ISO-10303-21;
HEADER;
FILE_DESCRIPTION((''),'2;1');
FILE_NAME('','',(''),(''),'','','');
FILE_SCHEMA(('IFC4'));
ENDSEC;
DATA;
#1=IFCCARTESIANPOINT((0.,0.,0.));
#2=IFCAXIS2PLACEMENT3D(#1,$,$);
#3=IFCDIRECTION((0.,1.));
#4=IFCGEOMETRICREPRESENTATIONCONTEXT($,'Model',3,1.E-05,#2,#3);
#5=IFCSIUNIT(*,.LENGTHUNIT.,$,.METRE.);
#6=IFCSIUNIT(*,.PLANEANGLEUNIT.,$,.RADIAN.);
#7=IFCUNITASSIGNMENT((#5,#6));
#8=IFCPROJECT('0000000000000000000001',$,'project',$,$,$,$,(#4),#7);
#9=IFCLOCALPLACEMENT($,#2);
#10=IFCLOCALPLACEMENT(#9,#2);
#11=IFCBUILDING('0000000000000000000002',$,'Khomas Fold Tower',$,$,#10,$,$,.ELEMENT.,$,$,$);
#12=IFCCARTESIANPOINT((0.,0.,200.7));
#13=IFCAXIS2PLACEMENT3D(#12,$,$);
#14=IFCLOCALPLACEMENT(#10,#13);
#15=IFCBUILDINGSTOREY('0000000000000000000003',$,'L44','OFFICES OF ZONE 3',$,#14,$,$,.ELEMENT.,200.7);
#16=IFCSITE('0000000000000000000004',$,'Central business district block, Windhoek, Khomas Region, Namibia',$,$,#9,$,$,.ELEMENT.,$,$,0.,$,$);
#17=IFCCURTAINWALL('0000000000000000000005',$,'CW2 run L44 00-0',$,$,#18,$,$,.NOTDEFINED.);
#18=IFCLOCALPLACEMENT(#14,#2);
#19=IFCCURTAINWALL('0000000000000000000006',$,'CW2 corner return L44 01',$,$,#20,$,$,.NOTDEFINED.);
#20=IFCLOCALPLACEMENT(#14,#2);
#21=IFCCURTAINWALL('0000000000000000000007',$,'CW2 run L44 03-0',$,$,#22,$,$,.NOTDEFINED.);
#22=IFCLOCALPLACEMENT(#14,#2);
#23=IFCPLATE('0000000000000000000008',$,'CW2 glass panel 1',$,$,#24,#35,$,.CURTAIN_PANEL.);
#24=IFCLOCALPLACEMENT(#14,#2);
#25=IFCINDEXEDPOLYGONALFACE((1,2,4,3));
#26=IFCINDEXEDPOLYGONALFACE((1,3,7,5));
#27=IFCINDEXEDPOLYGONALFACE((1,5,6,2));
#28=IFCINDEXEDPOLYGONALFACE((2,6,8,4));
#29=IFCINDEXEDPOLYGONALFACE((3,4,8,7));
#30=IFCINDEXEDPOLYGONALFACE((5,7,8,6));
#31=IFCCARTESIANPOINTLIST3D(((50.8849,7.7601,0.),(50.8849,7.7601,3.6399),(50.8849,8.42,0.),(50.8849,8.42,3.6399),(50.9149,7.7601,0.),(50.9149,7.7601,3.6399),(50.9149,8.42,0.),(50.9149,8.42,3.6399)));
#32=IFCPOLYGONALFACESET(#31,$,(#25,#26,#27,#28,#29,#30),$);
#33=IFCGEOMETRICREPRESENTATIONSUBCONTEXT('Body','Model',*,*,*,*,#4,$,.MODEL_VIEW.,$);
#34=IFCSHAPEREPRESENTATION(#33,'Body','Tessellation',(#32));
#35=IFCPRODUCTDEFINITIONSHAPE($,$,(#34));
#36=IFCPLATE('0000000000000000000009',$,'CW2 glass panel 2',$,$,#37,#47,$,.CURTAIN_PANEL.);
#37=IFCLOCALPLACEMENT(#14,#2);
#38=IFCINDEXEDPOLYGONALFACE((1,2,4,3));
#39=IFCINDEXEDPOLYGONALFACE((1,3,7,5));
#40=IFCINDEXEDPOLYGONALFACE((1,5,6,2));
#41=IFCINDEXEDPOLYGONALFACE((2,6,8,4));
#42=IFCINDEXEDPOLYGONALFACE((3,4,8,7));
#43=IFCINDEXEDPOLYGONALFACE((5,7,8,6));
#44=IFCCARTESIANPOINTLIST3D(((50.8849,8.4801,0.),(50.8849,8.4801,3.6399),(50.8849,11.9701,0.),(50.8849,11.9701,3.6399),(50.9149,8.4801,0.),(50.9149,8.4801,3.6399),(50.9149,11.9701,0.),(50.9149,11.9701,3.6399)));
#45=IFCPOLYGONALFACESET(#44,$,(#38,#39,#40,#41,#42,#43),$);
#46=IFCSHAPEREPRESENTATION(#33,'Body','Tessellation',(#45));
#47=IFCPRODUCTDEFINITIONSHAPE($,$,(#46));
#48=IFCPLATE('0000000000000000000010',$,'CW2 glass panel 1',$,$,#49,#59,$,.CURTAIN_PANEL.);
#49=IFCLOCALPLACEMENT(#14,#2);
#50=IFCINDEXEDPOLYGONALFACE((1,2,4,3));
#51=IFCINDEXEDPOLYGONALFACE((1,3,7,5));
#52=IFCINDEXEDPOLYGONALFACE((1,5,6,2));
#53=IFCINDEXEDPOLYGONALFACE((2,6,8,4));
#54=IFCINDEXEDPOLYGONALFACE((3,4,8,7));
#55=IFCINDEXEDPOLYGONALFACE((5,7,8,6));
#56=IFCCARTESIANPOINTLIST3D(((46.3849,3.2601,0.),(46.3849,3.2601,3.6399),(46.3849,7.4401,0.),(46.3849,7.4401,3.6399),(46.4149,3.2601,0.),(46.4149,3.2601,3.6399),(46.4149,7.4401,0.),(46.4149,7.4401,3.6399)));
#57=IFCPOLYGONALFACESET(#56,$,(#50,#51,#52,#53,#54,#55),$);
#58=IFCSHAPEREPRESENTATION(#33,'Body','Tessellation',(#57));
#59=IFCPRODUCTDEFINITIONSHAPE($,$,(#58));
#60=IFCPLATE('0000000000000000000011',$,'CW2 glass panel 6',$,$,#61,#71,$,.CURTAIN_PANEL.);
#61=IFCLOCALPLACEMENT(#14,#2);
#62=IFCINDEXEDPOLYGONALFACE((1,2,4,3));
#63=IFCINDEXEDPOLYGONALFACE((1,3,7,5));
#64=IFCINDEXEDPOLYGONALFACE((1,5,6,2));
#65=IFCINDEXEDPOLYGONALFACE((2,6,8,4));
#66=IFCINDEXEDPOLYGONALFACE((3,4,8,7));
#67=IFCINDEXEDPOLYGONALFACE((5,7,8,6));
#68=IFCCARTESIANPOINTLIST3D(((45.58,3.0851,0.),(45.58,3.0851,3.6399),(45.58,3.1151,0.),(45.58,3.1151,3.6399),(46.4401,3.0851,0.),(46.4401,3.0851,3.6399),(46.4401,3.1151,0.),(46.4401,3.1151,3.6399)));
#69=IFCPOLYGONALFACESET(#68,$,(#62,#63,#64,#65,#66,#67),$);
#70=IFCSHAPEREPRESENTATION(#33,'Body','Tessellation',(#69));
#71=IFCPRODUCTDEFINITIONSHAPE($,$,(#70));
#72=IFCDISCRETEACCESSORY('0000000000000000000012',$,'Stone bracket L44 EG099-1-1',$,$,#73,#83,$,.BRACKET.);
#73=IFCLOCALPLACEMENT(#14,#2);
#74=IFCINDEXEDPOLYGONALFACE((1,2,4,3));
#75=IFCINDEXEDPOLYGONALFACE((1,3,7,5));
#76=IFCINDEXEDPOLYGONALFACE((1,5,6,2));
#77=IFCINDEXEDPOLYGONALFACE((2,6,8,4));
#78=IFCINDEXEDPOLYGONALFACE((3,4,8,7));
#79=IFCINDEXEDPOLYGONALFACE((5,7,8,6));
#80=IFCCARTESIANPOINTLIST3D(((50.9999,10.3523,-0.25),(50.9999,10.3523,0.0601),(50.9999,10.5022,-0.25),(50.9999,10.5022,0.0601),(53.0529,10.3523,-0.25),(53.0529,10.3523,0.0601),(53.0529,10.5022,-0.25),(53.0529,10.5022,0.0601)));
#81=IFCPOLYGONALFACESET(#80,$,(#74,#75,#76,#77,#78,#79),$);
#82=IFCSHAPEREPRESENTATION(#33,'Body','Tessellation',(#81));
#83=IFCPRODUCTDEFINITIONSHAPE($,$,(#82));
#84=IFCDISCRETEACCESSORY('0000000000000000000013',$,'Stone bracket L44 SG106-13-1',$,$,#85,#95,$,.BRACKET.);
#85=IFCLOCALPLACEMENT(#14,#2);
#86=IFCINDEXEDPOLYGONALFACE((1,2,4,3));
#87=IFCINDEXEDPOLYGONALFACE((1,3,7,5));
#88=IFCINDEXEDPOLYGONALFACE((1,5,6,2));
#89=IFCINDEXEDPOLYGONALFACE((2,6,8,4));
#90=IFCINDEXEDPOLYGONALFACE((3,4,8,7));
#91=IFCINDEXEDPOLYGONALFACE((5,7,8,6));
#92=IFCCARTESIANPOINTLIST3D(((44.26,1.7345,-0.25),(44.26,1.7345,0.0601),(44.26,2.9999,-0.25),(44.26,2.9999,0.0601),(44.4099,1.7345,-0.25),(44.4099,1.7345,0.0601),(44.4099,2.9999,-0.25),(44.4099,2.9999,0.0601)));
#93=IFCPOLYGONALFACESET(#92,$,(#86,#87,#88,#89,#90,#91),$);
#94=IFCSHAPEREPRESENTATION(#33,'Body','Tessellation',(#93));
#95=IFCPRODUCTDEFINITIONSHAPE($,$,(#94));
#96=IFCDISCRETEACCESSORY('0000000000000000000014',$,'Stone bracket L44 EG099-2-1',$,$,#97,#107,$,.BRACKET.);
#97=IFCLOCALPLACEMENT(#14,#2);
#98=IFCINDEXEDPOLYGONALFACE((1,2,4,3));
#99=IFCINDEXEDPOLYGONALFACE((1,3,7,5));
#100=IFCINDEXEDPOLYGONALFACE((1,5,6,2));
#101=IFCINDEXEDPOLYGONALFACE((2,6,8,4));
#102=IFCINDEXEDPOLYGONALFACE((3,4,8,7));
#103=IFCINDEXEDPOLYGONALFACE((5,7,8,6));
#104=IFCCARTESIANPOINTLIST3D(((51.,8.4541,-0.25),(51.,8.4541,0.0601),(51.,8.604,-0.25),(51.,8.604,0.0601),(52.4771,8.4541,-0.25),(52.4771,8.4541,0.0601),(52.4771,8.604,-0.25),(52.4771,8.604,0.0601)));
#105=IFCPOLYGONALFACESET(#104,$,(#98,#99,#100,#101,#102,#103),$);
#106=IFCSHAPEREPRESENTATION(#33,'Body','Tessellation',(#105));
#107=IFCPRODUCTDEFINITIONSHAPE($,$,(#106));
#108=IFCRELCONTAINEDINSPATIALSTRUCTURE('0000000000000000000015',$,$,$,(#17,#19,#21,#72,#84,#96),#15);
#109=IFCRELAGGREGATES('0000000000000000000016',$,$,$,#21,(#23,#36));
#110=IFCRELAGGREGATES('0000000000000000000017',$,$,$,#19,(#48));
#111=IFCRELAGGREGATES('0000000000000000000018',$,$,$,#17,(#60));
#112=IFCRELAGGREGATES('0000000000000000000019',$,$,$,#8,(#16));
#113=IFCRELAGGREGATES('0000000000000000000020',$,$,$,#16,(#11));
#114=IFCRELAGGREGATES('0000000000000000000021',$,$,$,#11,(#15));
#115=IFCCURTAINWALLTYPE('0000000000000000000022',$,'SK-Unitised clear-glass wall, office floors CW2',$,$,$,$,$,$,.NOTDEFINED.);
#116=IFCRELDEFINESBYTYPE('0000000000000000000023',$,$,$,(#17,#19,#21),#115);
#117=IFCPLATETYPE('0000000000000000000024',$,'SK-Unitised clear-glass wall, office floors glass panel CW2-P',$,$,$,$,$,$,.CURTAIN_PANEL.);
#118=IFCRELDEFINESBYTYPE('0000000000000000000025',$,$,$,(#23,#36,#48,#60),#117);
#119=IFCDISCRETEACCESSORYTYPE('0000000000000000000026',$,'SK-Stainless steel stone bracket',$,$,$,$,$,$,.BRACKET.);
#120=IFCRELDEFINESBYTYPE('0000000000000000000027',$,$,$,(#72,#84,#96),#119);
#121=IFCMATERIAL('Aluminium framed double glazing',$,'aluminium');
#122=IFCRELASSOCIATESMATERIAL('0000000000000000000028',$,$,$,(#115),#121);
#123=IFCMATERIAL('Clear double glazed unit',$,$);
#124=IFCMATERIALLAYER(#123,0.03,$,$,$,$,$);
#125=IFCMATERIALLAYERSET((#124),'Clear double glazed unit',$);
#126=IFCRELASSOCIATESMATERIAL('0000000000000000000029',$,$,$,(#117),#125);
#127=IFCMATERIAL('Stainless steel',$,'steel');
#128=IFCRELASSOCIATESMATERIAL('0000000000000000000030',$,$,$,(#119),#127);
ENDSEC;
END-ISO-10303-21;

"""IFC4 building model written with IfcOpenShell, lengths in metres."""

from ifc_helpers import new_model, si_unit, direction, frame, origin, origin_2d, place, context, subcontext, project, spatial, rectangle, extrude, source, transform, mapped, material, layer, layer_set, type_object, element, aggregate, save


model = new_model("IFC4")

# Units and contexts
model_context = context("Model", 3, precision=1e-05, world=origin(), true_north=direction((0.0, 1.0)))
body_context = subcontext(model_context, "Body", "Model", "MODEL_VIEW")
ifc_project = project(units=[si_unit("LENGTHUNIT", "METRE"), si_unit("PLANEANGLEUNIT", "RADIAN")], contexts=[model_context])

# Site, building, storey
site_placement = place(None, origin())
site = spatial("IfcSite", under=ifc_project, at=site_placement, Name="Central business district block, Windhoek, Khomas Region, Namibia", CompositionType="ELEMENT", RefElevation=0.0)
building_placement = place(site_placement, origin())
building = spatial("IfcBuilding", under=site, at=building_placement, Name="Khomas Fold Tower", CompositionType="ELEMENT")
storey_placement = place(building_placement, frame((0.0, 0.0, 200.7)))
storey = spatial("IfcBuildingStorey", under=building, at=storey_placement, Name="L44", Description="OFFICES OF ZONE 3", CompositionType="ELEMENT", Elevation=200.7)

# Curtain walls
ifc_material_1 = material(Name="Aluminium framed double glazing", Category="aluminium")
curtain_wall_type = type_object("IfcCurtainWallType", Name="SK-Unitised clear-glass wall, office floors CW2", PredefinedType="NOTDEFINED", material=ifc_material_1)
curtain_wall_1_placement = place(storey_placement, origin())
curtain_wall_1 = element("IfcCurtainWall", 1, at=curtain_wall_1_placement, inside=storey, type_object=curtain_wall_type, Name="CW2 run L44 00-0", PredefinedType="NOTDEFINED")
curtain_wall_2_placement = place(storey_placement, origin())
curtain_wall_2 = element("IfcCurtainWall", 2, at=curtain_wall_2_placement, inside=storey, type_object=curtain_wall_type, Name="CW2 corner return L44 01", PredefinedType="NOTDEFINED")

# Curtain wall
curtain_wall_3_placement = place(storey_placement, origin())
curtain_wall_3 = element("IfcCurtainWall", 3, at=curtain_wall_3_placement, inside=storey, type_object=curtain_wall_type, Name="CW2 run L44 03-0", PredefinedType="NOTDEFINED")

# Plates
ifc_material_2 = material(Name="Clear double glazed unit")
ifc_layer_1 = layer(ifc_material_2, 0.03)
ifc_layer_set_1 = layer_set([ifc_layer_1], Name="Clear double glazed unit")
plate_type_1 = type_object("IfcPlateType", Name="SK-Unitised clear-glass wall, office floors glass panel CW2-P", PredefinedType="CURTAIN_PANEL", material=ifc_layer_set_1)
shared_shape_1 = source(origin(), body_context, "Body", "SweptSolid", [
    extrude(rectangle(XDim=0.6599, YDim=0.03, at=origin_2d()), origin(), (0.0, 0.0, 1.0), 3.6399),
])
plate_1_placement = place(storey_placement, frame((50.8999, 8.0901, 0.0), z_axis=(0.0, 0.0, 1.0), x_axis=(0.0, 1.0, 0.0)))
plate_1 = element("IfcPlate", 4, at=plate_1_placement, type_object=plate_type_1, Name="CW2 glass panel 1", PredefinedType="CURTAIN_PANEL", context=body_context, shape_type="MappedRepresentation", body=[
    mapped(shared_shape_1, transform((0.0, 0.0, 0.0))),
])
shared_shape_2 = source(origin(), body_context, "Body", "SweptSolid", [
    extrude(rectangle(XDim=3.49, YDim=0.03, at=origin_2d()), origin(), (0.0, 0.0, 1.0), 3.6399),
])
plate_2_placement = place(storey_placement, frame((50.8999, 10.2251, 0.0), z_axis=(0.0, 0.0, 1.0), x_axis=(0.0, 1.0, 0.0)))
plate_2 = element("IfcPlate", 5, at=plate_2_placement, type_object=plate_type_1, Name="CW2 glass panel 2", PredefinedType="CURTAIN_PANEL", context=body_context, shape_type="MappedRepresentation", body=[
    mapped(shared_shape_2, transform((0.0, 0.0, 0.0))),
])
aggregate(curtain_wall_3, [plate_1, plate_2])
shared_shape_3 = source(origin(), body_context, "Body", "SweptSolid", [
    extrude(rectangle(XDim=4.1799, YDim=0.03, at=origin_2d()), origin(), (0.0, 0.0, 1.0), 3.6399),
])
plate_3_placement = place(storey_placement, frame((46.3999, 5.3501, 0.0), z_axis=(0.0, 0.0, 1.0), x_axis=(0.0, 1.0, 0.0)))
plate_3 = element("IfcPlate", 6, at=plate_3_placement, type_object=plate_type_1, Name="CW2 glass panel 1", PredefinedType="CURTAIN_PANEL", context=body_context, shape_type="MappedRepresentation", body=[
    mapped(shared_shape_3, transform((0.0, 0.0, 0.0))),
])
aggregate(curtain_wall_2, [plate_3])
shared_shape_4 = source(origin(), body_context, "Body", "SweptSolid", [
    extrude(rectangle(XDim=0.8601, YDim=0.03, at=origin_2d()), origin(), (0.0, 0.0, 1.0), 3.6399),
])
plate_4_placement = place(storey_placement, frame((46.01, 3.1001, 0.0), z_axis=(0.0, 0.0, 1.0), x_axis=(1.0, 0.0, 0.0)))
plate_4 = element("IfcPlate", 7, at=plate_4_placement, type_object=plate_type_1, Name="CW2 glass panel 6", PredefinedType="CURTAIN_PANEL", context=body_context, shape_type="MappedRepresentation", body=[
    mapped(shared_shape_4, transform((0.0, 0.0, 0.0))),
])
aggregate(curtain_wall_1, [plate_4])

# Discrete accessories
ifc_material_3 = material(Name="Stainless steel", Category="steel")
discrete_accessory_type = type_object("IfcDiscreteAccessoryType", Name="SK-Stainless steel stone bracket", PredefinedType="BRACKET", material=ifc_material_3)
shared_shape_5 = source(origin(), body_context, "Body", "SweptSolid", [
    extrude(rectangle(XDim=2.053, YDim=0.1499, at=origin_2d()), origin(), (0.0, 0.0, 1.0), 0.3101),
])
discrete_accessory_1_placement = place(storey_placement, frame((52.0264, 10.4272, -0.25), z_axis=(0.0, 0.0, 1.0), x_axis=(1.0, 0.0, 0.0)))
element("IfcDiscreteAccessory", 8, at=discrete_accessory_1_placement, inside=storey, type_object=discrete_accessory_type, Name="Stone bracket L44 EG099-1-1", PredefinedType="BRACKET", context=body_context, shape_type="MappedRepresentation", body=[
    mapped(shared_shape_5, transform((0.0, 0.0, 0.0))),
])
shared_shape_6 = source(origin(), body_context, "Body", "SweptSolid", [
    extrude(rectangle(XDim=1.2654, YDim=0.1499, at=origin_2d()), origin(), (0.0, 0.0, 1.0), 0.3101),
])
discrete_accessory_2_placement = place(storey_placement, frame((44.335, 2.3672, -0.25), z_axis=(0.0, 0.0, 1.0), x_axis=(0.0, -1.0, 0.0)))
element("IfcDiscreteAccessory", 9, at=discrete_accessory_2_placement, inside=storey, type_object=discrete_accessory_type, Name="Stone bracket L44 SG106-13-1", PredefinedType="BRACKET", context=body_context, shape_type="MappedRepresentation", body=[
    mapped(shared_shape_6, transform((0.0, 0.0, 0.0))),
])
shared_shape_7 = source(origin(), body_context, "Body", "SweptSolid", [
    extrude(rectangle(XDim=1.4771, YDim=0.1499, at=origin_2d()), origin(), (0.0, 0.0, 1.0), 0.3101),
])
discrete_accessory_3_placement = place(storey_placement, frame((51.7385, 8.5291, -0.25), z_axis=(0.0, 0.0, 1.0), x_axis=(1.0, 0.0, 0.0)))
element("IfcDiscreteAccessory", 10, at=discrete_accessory_3_placement, inside=storey, type_object=discrete_accessory_type, Name="Stone bracket L44 EG099-2-1", PredefinedType="BRACKET", context=body_context, shape_type="MappedRepresentation", body=[
    mapped(shared_shape_7, transform((0.0, 0.0, 0.0))),
])

save(model, "model.ifc")
